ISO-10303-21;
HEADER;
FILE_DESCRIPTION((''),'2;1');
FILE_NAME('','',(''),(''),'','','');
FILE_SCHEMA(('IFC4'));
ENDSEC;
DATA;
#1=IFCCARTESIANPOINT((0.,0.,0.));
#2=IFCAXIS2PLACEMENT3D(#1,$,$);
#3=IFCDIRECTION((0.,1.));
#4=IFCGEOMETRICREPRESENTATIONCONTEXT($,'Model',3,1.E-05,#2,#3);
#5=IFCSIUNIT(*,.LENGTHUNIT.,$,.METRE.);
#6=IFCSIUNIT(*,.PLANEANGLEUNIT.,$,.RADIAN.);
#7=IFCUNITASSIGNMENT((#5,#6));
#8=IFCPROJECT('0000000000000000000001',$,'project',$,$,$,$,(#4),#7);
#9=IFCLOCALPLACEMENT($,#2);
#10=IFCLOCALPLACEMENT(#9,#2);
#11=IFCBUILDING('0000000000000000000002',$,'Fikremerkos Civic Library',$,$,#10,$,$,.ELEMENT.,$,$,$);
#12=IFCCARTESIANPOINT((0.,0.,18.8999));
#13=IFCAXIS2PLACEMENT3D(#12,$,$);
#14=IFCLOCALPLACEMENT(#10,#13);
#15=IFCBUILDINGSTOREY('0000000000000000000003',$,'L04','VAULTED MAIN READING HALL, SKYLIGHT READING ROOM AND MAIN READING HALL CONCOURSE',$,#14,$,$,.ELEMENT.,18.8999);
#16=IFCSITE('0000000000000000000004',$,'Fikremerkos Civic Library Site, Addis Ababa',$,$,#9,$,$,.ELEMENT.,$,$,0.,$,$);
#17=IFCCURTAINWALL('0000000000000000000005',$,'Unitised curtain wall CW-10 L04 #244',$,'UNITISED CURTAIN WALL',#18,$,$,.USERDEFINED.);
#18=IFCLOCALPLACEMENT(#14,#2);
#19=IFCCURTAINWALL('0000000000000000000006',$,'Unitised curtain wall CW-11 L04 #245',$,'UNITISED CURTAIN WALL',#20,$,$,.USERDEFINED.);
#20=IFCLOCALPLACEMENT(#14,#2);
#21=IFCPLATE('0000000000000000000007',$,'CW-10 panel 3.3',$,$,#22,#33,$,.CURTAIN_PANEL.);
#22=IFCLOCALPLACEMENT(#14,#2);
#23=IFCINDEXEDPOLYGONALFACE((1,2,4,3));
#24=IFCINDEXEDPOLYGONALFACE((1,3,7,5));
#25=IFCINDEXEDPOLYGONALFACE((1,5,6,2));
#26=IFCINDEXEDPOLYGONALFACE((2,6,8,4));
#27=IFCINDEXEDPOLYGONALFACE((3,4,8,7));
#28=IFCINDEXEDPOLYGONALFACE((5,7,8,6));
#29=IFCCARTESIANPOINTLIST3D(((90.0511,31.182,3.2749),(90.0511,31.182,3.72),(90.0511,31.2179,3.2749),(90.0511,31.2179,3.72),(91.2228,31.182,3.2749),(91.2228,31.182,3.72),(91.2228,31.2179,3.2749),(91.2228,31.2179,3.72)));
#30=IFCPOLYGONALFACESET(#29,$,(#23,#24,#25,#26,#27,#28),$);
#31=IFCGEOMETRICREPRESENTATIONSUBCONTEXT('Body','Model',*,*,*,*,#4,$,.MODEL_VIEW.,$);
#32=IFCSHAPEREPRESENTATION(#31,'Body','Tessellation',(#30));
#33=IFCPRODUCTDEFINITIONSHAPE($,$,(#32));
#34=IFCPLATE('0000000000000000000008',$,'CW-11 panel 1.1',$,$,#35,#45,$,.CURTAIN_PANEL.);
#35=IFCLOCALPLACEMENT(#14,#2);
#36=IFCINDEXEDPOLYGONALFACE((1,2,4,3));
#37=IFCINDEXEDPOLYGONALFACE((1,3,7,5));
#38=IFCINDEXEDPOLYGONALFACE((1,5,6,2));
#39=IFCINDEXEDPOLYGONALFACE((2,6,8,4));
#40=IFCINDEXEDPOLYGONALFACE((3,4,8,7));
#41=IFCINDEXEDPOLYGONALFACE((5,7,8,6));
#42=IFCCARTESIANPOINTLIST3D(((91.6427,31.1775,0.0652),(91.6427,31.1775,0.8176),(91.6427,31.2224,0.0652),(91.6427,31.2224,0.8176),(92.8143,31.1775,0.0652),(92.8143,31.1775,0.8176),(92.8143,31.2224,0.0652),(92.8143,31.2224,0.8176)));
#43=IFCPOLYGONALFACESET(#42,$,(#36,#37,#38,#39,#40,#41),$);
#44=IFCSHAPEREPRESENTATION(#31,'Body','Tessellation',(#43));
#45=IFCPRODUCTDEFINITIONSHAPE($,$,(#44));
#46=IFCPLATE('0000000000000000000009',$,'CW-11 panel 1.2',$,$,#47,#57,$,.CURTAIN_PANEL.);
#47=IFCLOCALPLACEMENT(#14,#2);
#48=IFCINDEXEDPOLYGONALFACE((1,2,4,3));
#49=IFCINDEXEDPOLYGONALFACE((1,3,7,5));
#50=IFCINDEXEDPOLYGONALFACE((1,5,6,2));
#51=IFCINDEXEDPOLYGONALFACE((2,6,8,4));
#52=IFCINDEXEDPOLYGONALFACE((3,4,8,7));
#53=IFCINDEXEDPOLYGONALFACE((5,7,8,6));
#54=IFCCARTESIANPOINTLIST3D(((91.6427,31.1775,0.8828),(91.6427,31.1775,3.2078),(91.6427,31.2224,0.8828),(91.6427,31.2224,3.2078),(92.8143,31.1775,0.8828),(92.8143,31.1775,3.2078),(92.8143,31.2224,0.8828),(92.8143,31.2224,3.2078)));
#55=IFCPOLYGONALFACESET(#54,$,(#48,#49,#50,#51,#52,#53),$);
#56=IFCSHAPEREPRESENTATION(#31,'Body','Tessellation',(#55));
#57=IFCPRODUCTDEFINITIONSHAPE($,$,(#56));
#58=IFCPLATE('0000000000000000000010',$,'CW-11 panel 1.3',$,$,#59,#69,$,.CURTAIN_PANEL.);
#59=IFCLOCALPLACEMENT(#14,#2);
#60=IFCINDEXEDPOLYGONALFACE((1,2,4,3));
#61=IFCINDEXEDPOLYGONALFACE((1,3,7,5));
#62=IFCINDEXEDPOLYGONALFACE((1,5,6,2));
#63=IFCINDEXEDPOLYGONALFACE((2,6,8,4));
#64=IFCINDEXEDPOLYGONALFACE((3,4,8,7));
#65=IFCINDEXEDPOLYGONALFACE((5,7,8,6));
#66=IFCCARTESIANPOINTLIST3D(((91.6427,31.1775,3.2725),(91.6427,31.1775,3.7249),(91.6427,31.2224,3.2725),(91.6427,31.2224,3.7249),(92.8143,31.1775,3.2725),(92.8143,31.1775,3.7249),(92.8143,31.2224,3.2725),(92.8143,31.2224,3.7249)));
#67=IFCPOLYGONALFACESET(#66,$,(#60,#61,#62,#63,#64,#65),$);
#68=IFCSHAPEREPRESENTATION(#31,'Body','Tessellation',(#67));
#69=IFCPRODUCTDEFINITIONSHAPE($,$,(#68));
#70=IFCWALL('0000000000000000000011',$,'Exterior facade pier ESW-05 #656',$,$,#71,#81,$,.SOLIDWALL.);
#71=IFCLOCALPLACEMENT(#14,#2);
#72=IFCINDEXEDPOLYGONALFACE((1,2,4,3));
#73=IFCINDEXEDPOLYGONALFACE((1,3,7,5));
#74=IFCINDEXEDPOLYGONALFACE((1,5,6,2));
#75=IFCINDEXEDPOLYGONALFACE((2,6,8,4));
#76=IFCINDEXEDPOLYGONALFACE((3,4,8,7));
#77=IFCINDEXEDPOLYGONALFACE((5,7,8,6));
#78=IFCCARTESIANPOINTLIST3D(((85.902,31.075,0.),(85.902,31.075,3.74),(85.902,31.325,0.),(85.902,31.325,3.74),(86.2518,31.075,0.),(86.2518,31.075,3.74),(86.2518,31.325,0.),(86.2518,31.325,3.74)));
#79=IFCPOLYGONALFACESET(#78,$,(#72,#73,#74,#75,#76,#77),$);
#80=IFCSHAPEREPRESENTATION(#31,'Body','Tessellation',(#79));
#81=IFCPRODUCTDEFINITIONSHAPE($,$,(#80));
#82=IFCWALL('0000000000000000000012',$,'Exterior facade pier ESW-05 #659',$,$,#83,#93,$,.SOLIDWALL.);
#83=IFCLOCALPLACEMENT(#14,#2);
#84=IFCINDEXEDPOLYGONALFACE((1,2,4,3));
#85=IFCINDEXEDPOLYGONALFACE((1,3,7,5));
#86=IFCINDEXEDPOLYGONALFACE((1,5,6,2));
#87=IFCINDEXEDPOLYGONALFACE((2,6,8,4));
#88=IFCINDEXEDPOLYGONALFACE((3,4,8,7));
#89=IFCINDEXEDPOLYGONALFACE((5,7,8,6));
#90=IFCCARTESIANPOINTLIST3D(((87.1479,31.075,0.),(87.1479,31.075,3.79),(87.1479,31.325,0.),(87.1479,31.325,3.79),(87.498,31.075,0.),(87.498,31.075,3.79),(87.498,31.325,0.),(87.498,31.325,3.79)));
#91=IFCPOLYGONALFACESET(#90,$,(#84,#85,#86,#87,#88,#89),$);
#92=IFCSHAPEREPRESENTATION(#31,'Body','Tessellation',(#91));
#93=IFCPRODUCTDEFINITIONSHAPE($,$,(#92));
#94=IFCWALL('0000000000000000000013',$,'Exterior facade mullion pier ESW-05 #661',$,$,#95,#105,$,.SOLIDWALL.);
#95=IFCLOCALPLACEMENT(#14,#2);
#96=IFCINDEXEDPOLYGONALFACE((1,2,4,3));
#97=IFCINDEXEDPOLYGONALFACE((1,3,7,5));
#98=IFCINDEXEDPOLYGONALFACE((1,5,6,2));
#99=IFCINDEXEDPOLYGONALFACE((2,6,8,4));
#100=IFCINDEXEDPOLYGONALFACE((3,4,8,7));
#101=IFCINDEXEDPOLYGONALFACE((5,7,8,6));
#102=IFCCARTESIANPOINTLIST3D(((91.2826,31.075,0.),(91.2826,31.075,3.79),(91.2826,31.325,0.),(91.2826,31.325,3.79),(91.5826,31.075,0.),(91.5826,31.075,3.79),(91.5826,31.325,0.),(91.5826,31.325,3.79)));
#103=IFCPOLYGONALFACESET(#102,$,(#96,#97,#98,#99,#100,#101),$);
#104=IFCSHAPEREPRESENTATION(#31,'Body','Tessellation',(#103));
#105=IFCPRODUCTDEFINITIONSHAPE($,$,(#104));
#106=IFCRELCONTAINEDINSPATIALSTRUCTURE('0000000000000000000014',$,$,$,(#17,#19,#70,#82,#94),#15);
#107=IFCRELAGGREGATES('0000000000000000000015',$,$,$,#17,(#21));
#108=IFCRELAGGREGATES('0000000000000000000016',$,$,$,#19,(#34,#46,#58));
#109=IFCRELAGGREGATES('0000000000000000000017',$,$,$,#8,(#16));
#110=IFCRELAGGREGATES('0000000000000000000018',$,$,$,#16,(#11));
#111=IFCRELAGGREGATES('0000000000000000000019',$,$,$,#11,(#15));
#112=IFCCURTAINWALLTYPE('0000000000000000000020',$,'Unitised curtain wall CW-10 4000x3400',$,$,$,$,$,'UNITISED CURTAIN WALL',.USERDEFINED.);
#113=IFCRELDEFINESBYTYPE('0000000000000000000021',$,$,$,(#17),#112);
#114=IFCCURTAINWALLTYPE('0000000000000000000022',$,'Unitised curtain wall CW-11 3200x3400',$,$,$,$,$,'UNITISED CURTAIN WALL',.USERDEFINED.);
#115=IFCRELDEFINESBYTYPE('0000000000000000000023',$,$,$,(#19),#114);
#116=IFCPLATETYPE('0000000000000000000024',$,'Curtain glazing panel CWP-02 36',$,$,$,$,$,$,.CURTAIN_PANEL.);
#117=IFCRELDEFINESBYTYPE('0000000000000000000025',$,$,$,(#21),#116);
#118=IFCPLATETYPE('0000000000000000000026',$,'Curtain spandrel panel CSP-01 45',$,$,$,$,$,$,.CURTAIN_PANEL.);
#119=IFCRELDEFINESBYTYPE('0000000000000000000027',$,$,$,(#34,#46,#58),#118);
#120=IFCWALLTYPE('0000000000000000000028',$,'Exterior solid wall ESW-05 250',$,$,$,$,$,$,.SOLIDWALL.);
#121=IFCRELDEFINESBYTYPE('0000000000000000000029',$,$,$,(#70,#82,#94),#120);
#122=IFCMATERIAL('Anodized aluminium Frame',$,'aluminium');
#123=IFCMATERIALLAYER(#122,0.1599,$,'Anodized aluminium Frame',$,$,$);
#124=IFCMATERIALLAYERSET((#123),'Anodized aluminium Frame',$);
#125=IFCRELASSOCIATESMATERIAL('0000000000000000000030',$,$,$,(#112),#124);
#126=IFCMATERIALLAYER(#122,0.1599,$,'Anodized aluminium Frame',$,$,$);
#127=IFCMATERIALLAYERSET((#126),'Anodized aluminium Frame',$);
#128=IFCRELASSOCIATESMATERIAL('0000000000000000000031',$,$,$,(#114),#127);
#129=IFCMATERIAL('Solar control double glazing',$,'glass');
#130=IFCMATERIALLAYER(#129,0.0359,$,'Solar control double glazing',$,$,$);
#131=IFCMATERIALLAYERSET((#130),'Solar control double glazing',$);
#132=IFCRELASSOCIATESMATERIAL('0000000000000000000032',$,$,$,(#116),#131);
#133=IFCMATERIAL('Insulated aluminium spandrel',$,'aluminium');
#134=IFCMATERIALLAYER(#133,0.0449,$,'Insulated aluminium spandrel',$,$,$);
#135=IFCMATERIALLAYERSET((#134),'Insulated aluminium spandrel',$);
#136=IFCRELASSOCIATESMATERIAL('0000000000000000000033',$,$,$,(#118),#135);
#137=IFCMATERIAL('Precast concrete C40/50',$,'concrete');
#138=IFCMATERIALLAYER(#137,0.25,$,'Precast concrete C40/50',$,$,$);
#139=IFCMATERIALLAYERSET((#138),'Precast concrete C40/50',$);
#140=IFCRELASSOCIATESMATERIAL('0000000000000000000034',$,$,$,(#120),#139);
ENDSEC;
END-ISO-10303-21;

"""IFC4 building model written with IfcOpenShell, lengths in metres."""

from ifc_helpers import new_model, si_unit, direction, frame, frame_2d, origin, origin_2d, place, context, subcontext, project, spatial, rectangle, extrude, material, layer, layer_set, type_object, element, aggregate, save


model = new_model("IFC4")

# Units and contexts
model_context = context("Model", 3, precision=1e-05, world=origin(), true_north=direction((0.0, 1.0)))
body_context = subcontext(model_context, "Body", "Model", "MODEL_VIEW")
ifc_project = project(units=[si_unit("LENGTHUNIT", "METRE"), si_unit("PLANEANGLEUNIT", "RADIAN")], contexts=[model_context])

# Site, building, storey
site_placement = place(None, origin())
site = spatial("IfcSite", under=ifc_project, at=site_placement, Name="Fikremerkos Civic Library Site, Addis Ababa", CompositionType="ELEMENT", RefElevation=0.0)
building_placement = place(site_placement, origin())
building = spatial("IfcBuilding", under=site, at=building_placement, Name="Fikremerkos Civic Library", CompositionType="ELEMENT")
storey_placement = place(building_placement, frame((0.0, 0.0, 18.8999)))
storey = spatial("IfcBuildingStorey", under=building, at=storey_placement, Name="L04", Description="VAULTED MAIN READING HALL, SKYLIGHT READING ROOM AND MAIN READING HALL CONCOURSE", CompositionType="ELEMENT", Elevation=18.8999)

# Shared definitions
ifc_material_1 = material(Name="Anodized aluminium Frame", Category="aluminium")

# Curtain wall
ifc_layer_1 = layer(ifc_material_1, 0.1599, Name="Anodized aluminium Frame")
ifc_layer_set_1 = layer_set([ifc_layer_1], Name="Anodized aluminium Frame")
curtain_wall_type_1 = type_object("IfcCurtainWallType", Name="Unitised curtain wall CW-10 4000x3400", ElementType="UNITISED CURTAIN WALL", PredefinedType="USERDEFINED", material=ifc_layer_set_1)
curtain_wall_1_placement = place(storey_placement, origin())
curtain_wall_1 = element("IfcCurtainWall", 1, at=curtain_wall_1_placement, inside=storey, type_object=curtain_wall_type_1, Name="Unitised curtain wall CW-10 L04 #244", ObjectType="UNITISED CURTAIN WALL", PredefinedType="USERDEFINED")

# Curtain wall
ifc_layer_2 = layer(ifc_material_1, 0.1599, Name="Anodized aluminium Frame")
ifc_layer_set_2 = layer_set([ifc_layer_2], Name="Anodized aluminium Frame")
curtain_wall_type_2 = type_object("IfcCurtainWallType", Name="Unitised curtain wall CW-11 3200x3400", ElementType="UNITISED CURTAIN WALL", PredefinedType="USERDEFINED", material=ifc_layer_set_2)
curtain_wall_2_placement = place(storey_placement, origin())
curtain_wall_2 = element("IfcCurtainWall", 2, at=curtain_wall_2_placement, inside=storey, type_object=curtain_wall_type_2, Name="Unitised curtain wall CW-11 L04 #245", ObjectType="UNITISED CURTAIN WALL", PredefinedType="USERDEFINED")

# Plates
ifc_material_2 = material(Name="Solar control double glazing", Category="glass")
ifc_layer_3 = layer(ifc_material_2, 0.0359, Name="Solar control double glazing")
ifc_layer_set_3 = layer_set([ifc_layer_3], Name="Solar control double glazing")
plate_type_1 = type_object("IfcPlateType", Name="Curtain glazing panel CWP-02 36", PredefinedType="CURTAIN_PANEL", material=ifc_layer_set_3)
plate_1_placement = place(storey_placement, frame((90.637, 31.2, 3.2749), z_axis=(0.0, 0.0, 1.0), x_axis=(1.0, 0.0, 0.0)))
plate_1 = element("IfcPlate", 3, at=plate_1_placement, type_object=plate_type_1, Name="CW-10 panel 3.3", PredefinedType="CURTAIN_PANEL", context=body_context, shape_type="SweptSolid", body=[
    extrude(rectangle(XDim=1.1716, YDim=0.0359, at=origin_2d()), origin(), (0.0, 0.0, 1.0), 0.4451),
])
aggregate(curtain_wall_1, [plate_1])
ifc_material_3 = material(Name="Insulated aluminium spandrel", Category="aluminium")
ifc_layer_4 = layer(ifc_material_3, 0.0449, Name="Insulated aluminium spandrel")
ifc_layer_set_4 = layer_set([ifc_layer_4], Name="Insulated aluminium spandrel")
plate_type_2 = type_object("IfcPlateType", Name="Curtain spandrel panel CSP-01 45", PredefinedType="CURTAIN_PANEL", material=ifc_layer_set_4)
plate_2_placement = place(storey_placement, frame((92.2285, 31.2, 0.0652), z_axis=(0.0, 0.0, 1.0), x_axis=(1.0, 0.0, 0.0)))
plate_2 = element("IfcPlate", 4, at=plate_2_placement, type_object=plate_type_2, Name="CW-11 panel 1.1", PredefinedType="CURTAIN_PANEL", context=body_context, shape_type="SweptSolid", body=[
    extrude(rectangle(XDim=1.1716, YDim=0.0449, at=origin_2d()), origin(), (0.0, 0.0, 1.0), 0.7524),
])
plate_3_placement = place(storey_placement, frame((92.2285, 31.2, 0.8828), z_axis=(0.0, 0.0, 1.0), x_axis=(1.0, 0.0, 0.0)))
plate_3 = element("IfcPlate", 5, at=plate_3_placement, type_object=plate_type_2, Name="CW-11 panel 1.2", PredefinedType="CURTAIN_PANEL", context=body_context, shape_type="SweptSolid", body=[
    extrude(rectangle(XDim=1.1716, YDim=0.0449, at=origin_2d()), origin(), (0.0, 0.0, 1.0), 2.325),
])
plate_4_placement = place(storey_placement, frame((92.2285, 31.2, 3.2725), z_axis=(0.0, 0.0, 1.0), x_axis=(1.0, 0.0, 0.0)))
plate_4 = element("IfcPlate", 6, at=plate_4_placement, type_object=plate_type_2, Name="CW-11 panel 1.3", PredefinedType="CURTAIN_PANEL", context=body_context, shape_type="SweptSolid", body=[
    extrude(rectangle(XDim=1.1716, YDim=0.0449, at=origin_2d()), origin(), (0.0, 0.0, 1.0), 0.4524),
])
aggregate(curtain_wall_2, [plate_2, plate_3, plate_4])

# Walls
ifc_material_4 = material(Name="Precast concrete C40/50", Category="concrete")
ifc_layer_5 = layer(ifc_material_4, 0.25, Name="Precast concrete C40/50")
ifc_layer_set_5 = layer_set([ifc_layer_5], Name="Precast concrete C40/50")
wall_type = type_object("IfcWallType", Name="Exterior solid wall ESW-05 250", PredefinedType="SOLIDWALL", material=ifc_layer_set_5)
wall_1_placement = place(storey_placement, frame((85.9021, 31.2, 0.0), z_axis=(0.0, 0.0, 1.0), x_axis=(1.0, 0.0, 0.0)))
element("IfcWall", 7, at=wall_1_placement, inside=storey, type_object=wall_type, Name="Exterior facade pier ESW-05 #656", PredefinedType="SOLIDWALL", context=body_context, shape_type="SweptSolid", body=[
    extrude(rectangle(XDim=0.3499, YDim=0.25, at=frame_2d((0.1748, 0.0))), origin(), (0.0, 0.0, 1.0), 3.74),
])
wall_2_placement = place(storey_placement, frame((87.1479, 31.2, 0.0), z_axis=(0.0, 0.0, 1.0), x_axis=(1.0, 0.0, 0.0)))
element("IfcWall", 8, at=wall_2_placement, inside=storey, type_object=wall_type, Name="Exterior facade pier ESW-05 #659", PredefinedType="SOLIDWALL", context=body_context, shape_type="SweptSolid", body=[
    extrude(rectangle(XDim=0.3501, YDim=0.25, at=frame_2d((0.175, 0.0))), origin(), (0.0, 0.0, 1.0), 3.79),
])
wall_3_placement = place(storey_placement, frame((91.2827, 31.2, 0.0), z_axis=(0.0, 0.0, 1.0), x_axis=(1.0, 0.0, 0.0)))
element("IfcWall", 9, at=wall_3_placement, inside=storey, type_object=wall_type, Name="Exterior facade mullion pier ESW-05 #661", PredefinedType="SOLIDWALL", context=body_context, shape_type="SweptSolid", body=[
    extrude(rectangle(XDim=0.3, YDim=0.25, at=frame_2d((0.1499, 0.0))), origin(), (0.0, 0.0, 1.0), 3.79),
])

save(model, "model.ifc")
